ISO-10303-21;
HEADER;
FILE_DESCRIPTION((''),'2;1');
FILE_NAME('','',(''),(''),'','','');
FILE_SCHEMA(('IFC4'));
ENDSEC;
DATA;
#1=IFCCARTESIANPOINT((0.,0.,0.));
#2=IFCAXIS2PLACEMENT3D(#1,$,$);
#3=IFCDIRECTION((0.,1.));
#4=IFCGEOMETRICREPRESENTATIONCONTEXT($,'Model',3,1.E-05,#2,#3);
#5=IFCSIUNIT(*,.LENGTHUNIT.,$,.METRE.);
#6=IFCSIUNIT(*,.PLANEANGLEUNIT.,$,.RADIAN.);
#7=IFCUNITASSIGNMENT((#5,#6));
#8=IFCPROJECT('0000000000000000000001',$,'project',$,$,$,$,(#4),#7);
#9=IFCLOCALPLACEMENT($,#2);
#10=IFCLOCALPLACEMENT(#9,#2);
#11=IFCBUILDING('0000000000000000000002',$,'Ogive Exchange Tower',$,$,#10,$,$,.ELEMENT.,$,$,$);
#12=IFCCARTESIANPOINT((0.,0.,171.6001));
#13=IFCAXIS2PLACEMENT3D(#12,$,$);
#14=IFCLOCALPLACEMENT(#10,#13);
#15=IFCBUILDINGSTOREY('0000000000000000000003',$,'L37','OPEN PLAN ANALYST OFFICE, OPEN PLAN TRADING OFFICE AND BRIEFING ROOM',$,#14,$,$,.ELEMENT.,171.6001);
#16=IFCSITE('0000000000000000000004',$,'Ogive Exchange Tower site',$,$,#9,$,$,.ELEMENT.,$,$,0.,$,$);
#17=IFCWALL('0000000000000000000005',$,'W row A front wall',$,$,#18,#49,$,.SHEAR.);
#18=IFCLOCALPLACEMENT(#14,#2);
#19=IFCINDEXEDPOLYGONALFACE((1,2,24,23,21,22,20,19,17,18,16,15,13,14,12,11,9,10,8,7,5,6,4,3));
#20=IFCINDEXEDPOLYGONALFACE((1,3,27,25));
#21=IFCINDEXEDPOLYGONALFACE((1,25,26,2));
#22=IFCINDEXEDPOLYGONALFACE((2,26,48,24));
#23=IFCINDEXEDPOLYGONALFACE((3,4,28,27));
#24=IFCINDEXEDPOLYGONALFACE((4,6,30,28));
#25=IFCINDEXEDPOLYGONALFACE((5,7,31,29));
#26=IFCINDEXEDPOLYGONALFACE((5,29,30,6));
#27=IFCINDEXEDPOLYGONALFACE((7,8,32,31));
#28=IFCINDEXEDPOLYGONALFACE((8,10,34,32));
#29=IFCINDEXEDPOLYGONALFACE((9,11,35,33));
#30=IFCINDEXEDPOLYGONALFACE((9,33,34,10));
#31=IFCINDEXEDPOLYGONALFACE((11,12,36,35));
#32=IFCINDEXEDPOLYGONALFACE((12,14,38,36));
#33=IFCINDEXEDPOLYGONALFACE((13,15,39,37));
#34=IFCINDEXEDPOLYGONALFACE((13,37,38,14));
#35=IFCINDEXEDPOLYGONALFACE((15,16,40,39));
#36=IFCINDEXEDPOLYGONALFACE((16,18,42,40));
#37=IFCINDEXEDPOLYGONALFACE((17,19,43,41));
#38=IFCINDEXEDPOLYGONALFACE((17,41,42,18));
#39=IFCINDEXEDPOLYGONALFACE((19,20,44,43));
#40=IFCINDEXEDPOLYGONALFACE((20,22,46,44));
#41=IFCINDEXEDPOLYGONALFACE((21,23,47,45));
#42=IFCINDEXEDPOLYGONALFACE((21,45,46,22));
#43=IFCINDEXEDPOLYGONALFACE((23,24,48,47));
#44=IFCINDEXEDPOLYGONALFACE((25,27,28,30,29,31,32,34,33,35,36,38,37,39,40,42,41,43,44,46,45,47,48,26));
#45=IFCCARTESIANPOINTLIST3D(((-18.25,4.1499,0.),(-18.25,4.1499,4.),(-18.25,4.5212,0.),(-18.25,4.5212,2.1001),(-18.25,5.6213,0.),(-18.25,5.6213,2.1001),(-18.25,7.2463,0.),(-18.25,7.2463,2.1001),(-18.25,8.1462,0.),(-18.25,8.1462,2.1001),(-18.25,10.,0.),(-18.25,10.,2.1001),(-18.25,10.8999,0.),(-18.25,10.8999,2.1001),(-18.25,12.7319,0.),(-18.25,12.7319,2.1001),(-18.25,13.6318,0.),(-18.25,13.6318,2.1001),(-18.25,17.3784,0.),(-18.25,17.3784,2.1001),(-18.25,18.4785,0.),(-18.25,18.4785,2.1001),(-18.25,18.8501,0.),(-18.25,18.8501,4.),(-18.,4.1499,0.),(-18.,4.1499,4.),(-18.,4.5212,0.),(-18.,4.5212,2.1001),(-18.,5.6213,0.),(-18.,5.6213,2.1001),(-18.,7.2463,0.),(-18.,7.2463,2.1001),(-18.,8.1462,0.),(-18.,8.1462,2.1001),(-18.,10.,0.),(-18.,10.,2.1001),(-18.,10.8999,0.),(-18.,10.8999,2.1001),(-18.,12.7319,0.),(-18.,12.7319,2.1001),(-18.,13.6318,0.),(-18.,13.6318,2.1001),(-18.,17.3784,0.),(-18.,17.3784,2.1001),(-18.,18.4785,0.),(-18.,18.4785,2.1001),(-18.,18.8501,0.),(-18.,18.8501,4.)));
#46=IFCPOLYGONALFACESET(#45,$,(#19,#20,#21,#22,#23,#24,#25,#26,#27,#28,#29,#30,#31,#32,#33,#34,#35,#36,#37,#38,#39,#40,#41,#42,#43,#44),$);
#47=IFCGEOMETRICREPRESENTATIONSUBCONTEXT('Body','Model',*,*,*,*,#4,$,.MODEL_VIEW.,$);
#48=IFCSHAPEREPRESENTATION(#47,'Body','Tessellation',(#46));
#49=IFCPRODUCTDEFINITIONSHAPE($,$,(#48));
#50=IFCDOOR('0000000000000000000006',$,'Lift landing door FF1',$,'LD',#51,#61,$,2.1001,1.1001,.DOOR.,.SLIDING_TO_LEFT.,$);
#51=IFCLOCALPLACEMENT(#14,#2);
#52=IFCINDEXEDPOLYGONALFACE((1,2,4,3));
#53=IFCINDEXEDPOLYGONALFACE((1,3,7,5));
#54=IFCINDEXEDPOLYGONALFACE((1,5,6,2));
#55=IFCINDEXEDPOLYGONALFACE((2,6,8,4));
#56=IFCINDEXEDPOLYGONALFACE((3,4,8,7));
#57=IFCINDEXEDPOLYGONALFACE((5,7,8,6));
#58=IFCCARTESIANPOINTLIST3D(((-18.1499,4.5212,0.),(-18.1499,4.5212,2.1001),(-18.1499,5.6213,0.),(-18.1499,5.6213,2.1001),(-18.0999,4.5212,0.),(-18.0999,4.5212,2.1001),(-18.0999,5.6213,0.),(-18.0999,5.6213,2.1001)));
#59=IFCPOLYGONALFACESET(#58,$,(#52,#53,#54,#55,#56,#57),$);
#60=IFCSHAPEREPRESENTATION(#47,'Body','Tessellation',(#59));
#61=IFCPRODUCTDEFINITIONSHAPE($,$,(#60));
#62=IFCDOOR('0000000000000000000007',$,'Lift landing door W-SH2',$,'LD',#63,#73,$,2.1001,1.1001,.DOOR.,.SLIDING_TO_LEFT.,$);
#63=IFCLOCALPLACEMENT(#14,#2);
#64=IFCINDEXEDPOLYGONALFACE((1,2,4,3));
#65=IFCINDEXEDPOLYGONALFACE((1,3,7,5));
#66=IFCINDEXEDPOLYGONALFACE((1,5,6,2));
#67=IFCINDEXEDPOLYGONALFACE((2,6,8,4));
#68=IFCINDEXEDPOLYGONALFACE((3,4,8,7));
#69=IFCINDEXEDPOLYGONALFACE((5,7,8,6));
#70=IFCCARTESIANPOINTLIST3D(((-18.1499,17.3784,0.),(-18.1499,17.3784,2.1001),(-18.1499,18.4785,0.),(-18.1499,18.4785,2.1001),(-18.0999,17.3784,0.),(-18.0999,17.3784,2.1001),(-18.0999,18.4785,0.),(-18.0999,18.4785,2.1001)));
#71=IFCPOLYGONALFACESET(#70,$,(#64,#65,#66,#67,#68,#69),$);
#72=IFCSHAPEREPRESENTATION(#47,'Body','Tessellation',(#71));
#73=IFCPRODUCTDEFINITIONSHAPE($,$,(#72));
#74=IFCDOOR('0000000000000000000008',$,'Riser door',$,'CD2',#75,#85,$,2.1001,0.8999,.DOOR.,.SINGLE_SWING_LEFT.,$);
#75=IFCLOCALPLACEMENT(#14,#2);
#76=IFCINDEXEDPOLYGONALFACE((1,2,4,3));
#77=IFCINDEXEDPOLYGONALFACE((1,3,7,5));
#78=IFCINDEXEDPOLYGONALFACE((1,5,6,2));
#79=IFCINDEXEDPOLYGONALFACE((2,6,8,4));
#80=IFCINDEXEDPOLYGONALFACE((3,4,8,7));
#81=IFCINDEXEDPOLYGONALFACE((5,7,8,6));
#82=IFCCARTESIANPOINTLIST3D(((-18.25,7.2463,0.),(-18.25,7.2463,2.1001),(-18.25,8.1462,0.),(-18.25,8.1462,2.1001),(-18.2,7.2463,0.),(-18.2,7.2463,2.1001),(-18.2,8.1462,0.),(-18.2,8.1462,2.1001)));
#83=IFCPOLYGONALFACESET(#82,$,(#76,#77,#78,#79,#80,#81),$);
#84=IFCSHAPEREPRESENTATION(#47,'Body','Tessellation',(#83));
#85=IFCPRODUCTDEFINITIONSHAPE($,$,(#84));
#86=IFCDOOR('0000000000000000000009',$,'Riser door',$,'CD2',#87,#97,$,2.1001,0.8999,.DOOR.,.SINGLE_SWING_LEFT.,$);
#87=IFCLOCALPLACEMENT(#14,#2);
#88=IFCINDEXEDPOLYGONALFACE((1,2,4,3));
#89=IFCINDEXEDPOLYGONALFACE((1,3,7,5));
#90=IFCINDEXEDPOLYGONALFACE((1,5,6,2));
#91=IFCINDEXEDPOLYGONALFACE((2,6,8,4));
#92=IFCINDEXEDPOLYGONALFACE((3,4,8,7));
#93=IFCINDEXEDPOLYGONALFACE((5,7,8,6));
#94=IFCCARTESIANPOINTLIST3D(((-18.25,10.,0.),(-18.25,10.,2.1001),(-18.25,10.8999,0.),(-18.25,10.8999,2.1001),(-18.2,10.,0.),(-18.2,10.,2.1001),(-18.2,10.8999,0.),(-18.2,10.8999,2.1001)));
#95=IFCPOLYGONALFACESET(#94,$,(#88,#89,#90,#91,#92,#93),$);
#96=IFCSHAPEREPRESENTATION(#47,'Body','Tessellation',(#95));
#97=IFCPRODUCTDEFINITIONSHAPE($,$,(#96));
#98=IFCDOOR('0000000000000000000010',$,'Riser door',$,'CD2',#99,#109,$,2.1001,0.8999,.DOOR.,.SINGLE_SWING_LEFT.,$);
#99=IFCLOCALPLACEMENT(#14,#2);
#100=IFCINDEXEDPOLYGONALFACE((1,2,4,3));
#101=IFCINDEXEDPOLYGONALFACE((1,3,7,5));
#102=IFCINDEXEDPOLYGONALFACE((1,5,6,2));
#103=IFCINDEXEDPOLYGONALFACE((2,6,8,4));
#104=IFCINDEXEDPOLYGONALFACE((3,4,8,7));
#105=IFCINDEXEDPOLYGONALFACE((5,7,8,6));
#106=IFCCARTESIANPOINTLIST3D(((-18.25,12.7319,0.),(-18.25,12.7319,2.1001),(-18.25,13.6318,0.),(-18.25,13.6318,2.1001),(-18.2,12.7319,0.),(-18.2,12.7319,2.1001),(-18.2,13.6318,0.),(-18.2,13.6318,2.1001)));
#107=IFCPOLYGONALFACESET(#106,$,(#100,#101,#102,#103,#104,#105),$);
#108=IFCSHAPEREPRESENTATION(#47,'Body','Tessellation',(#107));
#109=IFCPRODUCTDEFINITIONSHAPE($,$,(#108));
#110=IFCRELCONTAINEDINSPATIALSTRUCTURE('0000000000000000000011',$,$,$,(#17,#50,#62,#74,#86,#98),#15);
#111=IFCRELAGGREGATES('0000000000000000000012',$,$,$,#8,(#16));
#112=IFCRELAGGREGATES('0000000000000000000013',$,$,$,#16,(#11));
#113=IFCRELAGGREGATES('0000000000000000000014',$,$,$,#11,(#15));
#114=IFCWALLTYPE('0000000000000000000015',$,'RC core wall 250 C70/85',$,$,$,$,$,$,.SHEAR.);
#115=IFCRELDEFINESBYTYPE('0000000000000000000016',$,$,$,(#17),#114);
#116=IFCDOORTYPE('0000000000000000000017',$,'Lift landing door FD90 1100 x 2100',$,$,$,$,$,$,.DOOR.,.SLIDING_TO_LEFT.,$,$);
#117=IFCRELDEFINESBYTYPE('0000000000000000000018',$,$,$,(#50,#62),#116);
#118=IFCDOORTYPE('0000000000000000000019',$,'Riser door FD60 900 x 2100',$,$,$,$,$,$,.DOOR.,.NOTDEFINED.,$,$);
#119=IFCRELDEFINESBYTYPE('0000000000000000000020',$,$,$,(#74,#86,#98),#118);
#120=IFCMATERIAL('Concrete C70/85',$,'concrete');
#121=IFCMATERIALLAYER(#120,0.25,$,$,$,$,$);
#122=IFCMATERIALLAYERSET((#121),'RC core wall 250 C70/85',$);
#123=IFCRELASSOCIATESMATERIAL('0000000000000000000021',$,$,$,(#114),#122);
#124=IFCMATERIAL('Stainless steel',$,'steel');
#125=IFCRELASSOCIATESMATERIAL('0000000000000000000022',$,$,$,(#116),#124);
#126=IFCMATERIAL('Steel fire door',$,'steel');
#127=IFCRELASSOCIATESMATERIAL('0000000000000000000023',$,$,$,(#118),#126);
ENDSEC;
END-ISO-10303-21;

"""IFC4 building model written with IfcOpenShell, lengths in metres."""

from ifc_helpers import new_model, si_unit, direction, frame, frame_2d, origin, place, context, subcontext, project, spatial, rectangle, extrude, material, layer, layer_set, type_object, element, fill, save


model = new_model("IFC4")

# Units and contexts
model_context = context("Model", 3, precision=1e-05, world=origin(), true_north=direction((0.0, 1.0)))
body_context = subcontext(model_context, "Body", "Model", "MODEL_VIEW")
ifc_project = project(units=[si_unit("LENGTHUNIT", "METRE"), si_unit("PLANEANGLEUNIT", "RADIAN")], contexts=[model_context])

# Site, building, storey
site_placement = place(None, origin())
site = spatial("IfcSite", under=ifc_project, at=site_placement, Name="Ogive Exchange Tower site", CompositionType="ELEMENT", RefElevation=0.0)
building_placement = place(site_placement, origin())
building = spatial("IfcBuilding", under=site, at=building_placement, Name="Ogive Exchange Tower", CompositionType="ELEMENT")
storey_placement = place(building_placement, frame((0.0, 0.0, 171.6001)))
storey = spatial("IfcBuildingStorey", under=building, at=storey_placement, Name="L37", Description="OPEN PLAN ANALYST OFFICE, OPEN PLAN TRADING OFFICE AND BRIEFING ROOM", CompositionType="ELEMENT", Elevation=171.6001)

# Shared definitions
ifc_material_1 = material(Name="Concrete C70/85", Category="concrete")
ifc_material_2 = material(Name="Steel fire door", Category="steel")
ifc_layer_1 = layer(ifc_material_1, 0.25)
ifc_layer_set_1 = layer_set([ifc_layer_1], Name="RC core wall 250 C70/85")
wall_type_1 = type_object("IfcWallType", Name="RC core wall 250 C70/85", PredefinedType="SHEAR", material=ifc_layer_set_1)

# Wall, openings, doors
wall_1_placement = place(storey_placement, frame((-18.125, 4.1499, 0.0), z_axis=(0.0, 0.0, 1.0), x_axis=(0.0, 1.0, 0.0)))
wall_1 = element("IfcWall", 1, at=wall_1_placement, inside=storey, type_object=wall_type_1, Name="W row A front wall", PredefinedType="SHEAR", context=body_context, shape_type="SweptSolid", body=[
    extrude(rectangle(XDim=14.7002, YDim=0.25, at=frame_2d((7.3501, 0.0))), origin(), (0.0, 0.0, 1.0), 4.0),
])
opening_1_placement = place(wall_1_placement, frame((3.0964, 0.0, 0.0)))
opening_1 = element("IfcOpeningElement", 2, at=opening_1_placement, cuts=wall_1, PredefinedType="OPENING", context=body_context, shape_type="SweptSolid", body=[
    extrude(rectangle(XDim=0.8999, YDim=2.1001, at=frame_2d((0.45, 1.05))), frame((0.0, 0.135, 0.0), z_axis=(0.0, -1.0, 0.0), x_axis=(1.0, 0.0, 0.0)), (0.0, 0.0, 1.0), 0.27),
])
opening_2_placement = place(wall_1_placement, frame((5.8501, 0.0, 0.0)))
opening_2 = element("IfcOpeningElement", 3, at=opening_2_placement, cuts=wall_1, PredefinedType="OPENING", context=body_context, shape_type="SweptSolid", body=[
    extrude(rectangle(XDim=0.8999, YDim=2.1001, at=frame_2d((0.45, 1.05))), frame((0.0, 0.135, 0.0), z_axis=(0.0, -1.0, 0.0), x_axis=(1.0, 0.0, 0.0)), (0.0, 0.0, 1.0), 0.27),
])
opening_3_placement = place(wall_1_placement, frame((8.582, 0.0, 0.0)))
opening_3 = element("IfcOpeningElement", 4, at=opening_3_placement, cuts=wall_1, PredefinedType="OPENING", context=body_context, shape_type="SweptSolid", body=[
    extrude(rectangle(XDim=0.8999, YDim=2.1001, at=frame_2d((0.45, 1.05))), frame((0.0, 0.135, 0.0), z_axis=(0.0, -1.0, 0.0), x_axis=(1.0, 0.0, 0.0)), (0.0, 0.0, 1.0), 0.27),
])
opening_4_placement = place(wall_1_placement, frame((0.3713, 0.0, 0.0)))
opening_4 = element("IfcOpeningElement", 5, at=opening_4_placement, cuts=wall_1, PredefinedType="OPENING", context=body_context, shape_type="SweptSolid", body=[
    extrude(rectangle(XDim=1.1001, YDim=2.1001, at=frame_2d((0.55, 1.05))), frame((0.0, 0.135, 0.0), z_axis=(0.0, -1.0, 0.0), x_axis=(1.0, 0.0, 0.0)), (0.0, 0.0, 1.0), 0.27),
])
opening_5_placement = place(wall_1_placement, frame((13.2285, 0.0, 0.0)))
opening_5 = element("IfcOpeningElement", 6, at=opening_5_placement, cuts=wall_1, PredefinedType="OPENING", context=body_context, shape_type="SweptSolid", body=[
    extrude(rectangle(XDim=1.1001, YDim=2.1001, at=frame_2d((0.55, 1.05))), frame((0.0, 0.135, 0.0), z_axis=(0.0, -1.0, 0.0), x_axis=(1.0, 0.0, 0.0)), (0.0, 0.0, 1.0), 0.27),
])
ifc_material_3 = material(Name="Stainless steel", Category="steel")
door_type_1 = type_object("IfcDoorType", Name="Lift landing door FD90 1100 x 2100", OperationType="SLIDING_TO_LEFT", PredefinedType="DOOR", material=ifc_material_3)
door_1_placement = place(opening_4_placement, origin())
door_1 = element("IfcDoor", 7, at=door_1_placement, inside=storey, type_object=door_type_1, Name="Lift landing door FF1", ObjectType="LD", OperationType="SLIDING_TO_LEFT", OverallHeight=2.1001, OverallWidth=1.1001, PredefinedType="DOOR", context=body_context, shape_type="SweptSolid", body=[
    extrude(rectangle(XDim=1.1001, YDim=2.1001, at=frame_2d((0.55, 1.05))), frame((0.0, 0.0249, 0.0), z_axis=(0.0, -1.0, 0.0), x_axis=(1.0, 0.0, 0.0)), (0.0, 0.0, 1.0), 0.05),
])
fill(opening_4, door_1)
door_2_placement = place(opening_5_placement, origin())
door_2 = element("IfcDoor", 8, at=door_2_placement, inside=storey, type_object=door_type_1, Name="Lift landing door W-SH2", ObjectType="LD", OperationType="SLIDING_TO_LEFT", OverallHeight=2.1001, OverallWidth=1.1001, PredefinedType="DOOR", context=body_context, shape_type="SweptSolid", body=[
    extrude(rectangle(XDim=1.1001, YDim=2.1001, at=frame_2d((0.55, 1.05))), frame((0.0, 0.0249, 0.0), z_axis=(0.0, -1.0, 0.0), x_axis=(1.0, 0.0, 0.0)), (0.0, 0.0, 1.0), 0.05),
])
fill(opening_5, door_2)
door_type_2 = type_object("IfcDoorType", Name="Riser door FD60 900 x 2100", OperationType="NOTDEFINED", PredefinedType="DOOR", material=ifc_material_2)
door_3_placement = place(opening_1_placement, origin())
door_3 = element("IfcDoor", 9, at=door_3_placement, inside=storey, type_object=door_type_2, Name="Riser door", ObjectType="CD2", OperationType="SINGLE_SWING_LEFT", OverallHeight=2.1001, OverallWidth=0.8999, PredefinedType="DOOR", context=body_context, shape_type="SweptSolid", body=[
    extrude(rectangle(XDim=0.8999, YDim=2.1001, at=frame_2d((0.45, 1.05))), frame((0.0, 0.125, 0.0), z_axis=(0.0, -1.0, 0.0), x_axis=(1.0, 0.0, 0.0)), (0.0, 0.0, 1.0), 0.05),
])
fill(opening_1, door_3)
door_4_placement = place(opening_2_placement, origin())
door_4 = element("IfcDoor", 10, at=door_4_placement, inside=storey, type_object=door_type_2, Name="Riser door", ObjectType="CD2", OperationType="SINGLE_SWING_LEFT", OverallHeight=2.1001, OverallWidth=0.8999, PredefinedType="DOOR", context=body_context, shape_type="SweptSolid", body=[
    extrude(rectangle(XDim=0.8999, YDim=2.1001, at=frame_2d((0.45, 1.05))), frame((0.0, 0.125, 0.0), z_axis=(0.0, -1.0, 0.0), x_axis=(1.0, 0.0, 0.0)), (0.0, 0.0, 1.0), 0.05),
])
fill(opening_2, door_4)
door_5_placement = place(opening_3_placement, origin())
door_5 = element("IfcDoor", 11, at=door_5_placement, inside=storey, type_object=door_type_2, Name="Riser door", ObjectType="CD2", OperationType="SINGLE_SWING_LEFT", OverallHeight=2.1001, OverallWidth=0.8999, PredefinedType="DOOR", context=body_context, shape_type="SweptSolid", body=[
    extrude(rectangle(XDim=0.8999, YDim=2.1001, at=frame_2d((0.45, 1.05))), frame((0.0, 0.125, 0.0), z_axis=(0.0, -1.0, 0.0), x_axis=(1.0, 0.0, 0.0)), (0.0, 0.0, 1.0), 0.05),
])
fill(opening_3, door_5)

save(model, "model.ifc")
